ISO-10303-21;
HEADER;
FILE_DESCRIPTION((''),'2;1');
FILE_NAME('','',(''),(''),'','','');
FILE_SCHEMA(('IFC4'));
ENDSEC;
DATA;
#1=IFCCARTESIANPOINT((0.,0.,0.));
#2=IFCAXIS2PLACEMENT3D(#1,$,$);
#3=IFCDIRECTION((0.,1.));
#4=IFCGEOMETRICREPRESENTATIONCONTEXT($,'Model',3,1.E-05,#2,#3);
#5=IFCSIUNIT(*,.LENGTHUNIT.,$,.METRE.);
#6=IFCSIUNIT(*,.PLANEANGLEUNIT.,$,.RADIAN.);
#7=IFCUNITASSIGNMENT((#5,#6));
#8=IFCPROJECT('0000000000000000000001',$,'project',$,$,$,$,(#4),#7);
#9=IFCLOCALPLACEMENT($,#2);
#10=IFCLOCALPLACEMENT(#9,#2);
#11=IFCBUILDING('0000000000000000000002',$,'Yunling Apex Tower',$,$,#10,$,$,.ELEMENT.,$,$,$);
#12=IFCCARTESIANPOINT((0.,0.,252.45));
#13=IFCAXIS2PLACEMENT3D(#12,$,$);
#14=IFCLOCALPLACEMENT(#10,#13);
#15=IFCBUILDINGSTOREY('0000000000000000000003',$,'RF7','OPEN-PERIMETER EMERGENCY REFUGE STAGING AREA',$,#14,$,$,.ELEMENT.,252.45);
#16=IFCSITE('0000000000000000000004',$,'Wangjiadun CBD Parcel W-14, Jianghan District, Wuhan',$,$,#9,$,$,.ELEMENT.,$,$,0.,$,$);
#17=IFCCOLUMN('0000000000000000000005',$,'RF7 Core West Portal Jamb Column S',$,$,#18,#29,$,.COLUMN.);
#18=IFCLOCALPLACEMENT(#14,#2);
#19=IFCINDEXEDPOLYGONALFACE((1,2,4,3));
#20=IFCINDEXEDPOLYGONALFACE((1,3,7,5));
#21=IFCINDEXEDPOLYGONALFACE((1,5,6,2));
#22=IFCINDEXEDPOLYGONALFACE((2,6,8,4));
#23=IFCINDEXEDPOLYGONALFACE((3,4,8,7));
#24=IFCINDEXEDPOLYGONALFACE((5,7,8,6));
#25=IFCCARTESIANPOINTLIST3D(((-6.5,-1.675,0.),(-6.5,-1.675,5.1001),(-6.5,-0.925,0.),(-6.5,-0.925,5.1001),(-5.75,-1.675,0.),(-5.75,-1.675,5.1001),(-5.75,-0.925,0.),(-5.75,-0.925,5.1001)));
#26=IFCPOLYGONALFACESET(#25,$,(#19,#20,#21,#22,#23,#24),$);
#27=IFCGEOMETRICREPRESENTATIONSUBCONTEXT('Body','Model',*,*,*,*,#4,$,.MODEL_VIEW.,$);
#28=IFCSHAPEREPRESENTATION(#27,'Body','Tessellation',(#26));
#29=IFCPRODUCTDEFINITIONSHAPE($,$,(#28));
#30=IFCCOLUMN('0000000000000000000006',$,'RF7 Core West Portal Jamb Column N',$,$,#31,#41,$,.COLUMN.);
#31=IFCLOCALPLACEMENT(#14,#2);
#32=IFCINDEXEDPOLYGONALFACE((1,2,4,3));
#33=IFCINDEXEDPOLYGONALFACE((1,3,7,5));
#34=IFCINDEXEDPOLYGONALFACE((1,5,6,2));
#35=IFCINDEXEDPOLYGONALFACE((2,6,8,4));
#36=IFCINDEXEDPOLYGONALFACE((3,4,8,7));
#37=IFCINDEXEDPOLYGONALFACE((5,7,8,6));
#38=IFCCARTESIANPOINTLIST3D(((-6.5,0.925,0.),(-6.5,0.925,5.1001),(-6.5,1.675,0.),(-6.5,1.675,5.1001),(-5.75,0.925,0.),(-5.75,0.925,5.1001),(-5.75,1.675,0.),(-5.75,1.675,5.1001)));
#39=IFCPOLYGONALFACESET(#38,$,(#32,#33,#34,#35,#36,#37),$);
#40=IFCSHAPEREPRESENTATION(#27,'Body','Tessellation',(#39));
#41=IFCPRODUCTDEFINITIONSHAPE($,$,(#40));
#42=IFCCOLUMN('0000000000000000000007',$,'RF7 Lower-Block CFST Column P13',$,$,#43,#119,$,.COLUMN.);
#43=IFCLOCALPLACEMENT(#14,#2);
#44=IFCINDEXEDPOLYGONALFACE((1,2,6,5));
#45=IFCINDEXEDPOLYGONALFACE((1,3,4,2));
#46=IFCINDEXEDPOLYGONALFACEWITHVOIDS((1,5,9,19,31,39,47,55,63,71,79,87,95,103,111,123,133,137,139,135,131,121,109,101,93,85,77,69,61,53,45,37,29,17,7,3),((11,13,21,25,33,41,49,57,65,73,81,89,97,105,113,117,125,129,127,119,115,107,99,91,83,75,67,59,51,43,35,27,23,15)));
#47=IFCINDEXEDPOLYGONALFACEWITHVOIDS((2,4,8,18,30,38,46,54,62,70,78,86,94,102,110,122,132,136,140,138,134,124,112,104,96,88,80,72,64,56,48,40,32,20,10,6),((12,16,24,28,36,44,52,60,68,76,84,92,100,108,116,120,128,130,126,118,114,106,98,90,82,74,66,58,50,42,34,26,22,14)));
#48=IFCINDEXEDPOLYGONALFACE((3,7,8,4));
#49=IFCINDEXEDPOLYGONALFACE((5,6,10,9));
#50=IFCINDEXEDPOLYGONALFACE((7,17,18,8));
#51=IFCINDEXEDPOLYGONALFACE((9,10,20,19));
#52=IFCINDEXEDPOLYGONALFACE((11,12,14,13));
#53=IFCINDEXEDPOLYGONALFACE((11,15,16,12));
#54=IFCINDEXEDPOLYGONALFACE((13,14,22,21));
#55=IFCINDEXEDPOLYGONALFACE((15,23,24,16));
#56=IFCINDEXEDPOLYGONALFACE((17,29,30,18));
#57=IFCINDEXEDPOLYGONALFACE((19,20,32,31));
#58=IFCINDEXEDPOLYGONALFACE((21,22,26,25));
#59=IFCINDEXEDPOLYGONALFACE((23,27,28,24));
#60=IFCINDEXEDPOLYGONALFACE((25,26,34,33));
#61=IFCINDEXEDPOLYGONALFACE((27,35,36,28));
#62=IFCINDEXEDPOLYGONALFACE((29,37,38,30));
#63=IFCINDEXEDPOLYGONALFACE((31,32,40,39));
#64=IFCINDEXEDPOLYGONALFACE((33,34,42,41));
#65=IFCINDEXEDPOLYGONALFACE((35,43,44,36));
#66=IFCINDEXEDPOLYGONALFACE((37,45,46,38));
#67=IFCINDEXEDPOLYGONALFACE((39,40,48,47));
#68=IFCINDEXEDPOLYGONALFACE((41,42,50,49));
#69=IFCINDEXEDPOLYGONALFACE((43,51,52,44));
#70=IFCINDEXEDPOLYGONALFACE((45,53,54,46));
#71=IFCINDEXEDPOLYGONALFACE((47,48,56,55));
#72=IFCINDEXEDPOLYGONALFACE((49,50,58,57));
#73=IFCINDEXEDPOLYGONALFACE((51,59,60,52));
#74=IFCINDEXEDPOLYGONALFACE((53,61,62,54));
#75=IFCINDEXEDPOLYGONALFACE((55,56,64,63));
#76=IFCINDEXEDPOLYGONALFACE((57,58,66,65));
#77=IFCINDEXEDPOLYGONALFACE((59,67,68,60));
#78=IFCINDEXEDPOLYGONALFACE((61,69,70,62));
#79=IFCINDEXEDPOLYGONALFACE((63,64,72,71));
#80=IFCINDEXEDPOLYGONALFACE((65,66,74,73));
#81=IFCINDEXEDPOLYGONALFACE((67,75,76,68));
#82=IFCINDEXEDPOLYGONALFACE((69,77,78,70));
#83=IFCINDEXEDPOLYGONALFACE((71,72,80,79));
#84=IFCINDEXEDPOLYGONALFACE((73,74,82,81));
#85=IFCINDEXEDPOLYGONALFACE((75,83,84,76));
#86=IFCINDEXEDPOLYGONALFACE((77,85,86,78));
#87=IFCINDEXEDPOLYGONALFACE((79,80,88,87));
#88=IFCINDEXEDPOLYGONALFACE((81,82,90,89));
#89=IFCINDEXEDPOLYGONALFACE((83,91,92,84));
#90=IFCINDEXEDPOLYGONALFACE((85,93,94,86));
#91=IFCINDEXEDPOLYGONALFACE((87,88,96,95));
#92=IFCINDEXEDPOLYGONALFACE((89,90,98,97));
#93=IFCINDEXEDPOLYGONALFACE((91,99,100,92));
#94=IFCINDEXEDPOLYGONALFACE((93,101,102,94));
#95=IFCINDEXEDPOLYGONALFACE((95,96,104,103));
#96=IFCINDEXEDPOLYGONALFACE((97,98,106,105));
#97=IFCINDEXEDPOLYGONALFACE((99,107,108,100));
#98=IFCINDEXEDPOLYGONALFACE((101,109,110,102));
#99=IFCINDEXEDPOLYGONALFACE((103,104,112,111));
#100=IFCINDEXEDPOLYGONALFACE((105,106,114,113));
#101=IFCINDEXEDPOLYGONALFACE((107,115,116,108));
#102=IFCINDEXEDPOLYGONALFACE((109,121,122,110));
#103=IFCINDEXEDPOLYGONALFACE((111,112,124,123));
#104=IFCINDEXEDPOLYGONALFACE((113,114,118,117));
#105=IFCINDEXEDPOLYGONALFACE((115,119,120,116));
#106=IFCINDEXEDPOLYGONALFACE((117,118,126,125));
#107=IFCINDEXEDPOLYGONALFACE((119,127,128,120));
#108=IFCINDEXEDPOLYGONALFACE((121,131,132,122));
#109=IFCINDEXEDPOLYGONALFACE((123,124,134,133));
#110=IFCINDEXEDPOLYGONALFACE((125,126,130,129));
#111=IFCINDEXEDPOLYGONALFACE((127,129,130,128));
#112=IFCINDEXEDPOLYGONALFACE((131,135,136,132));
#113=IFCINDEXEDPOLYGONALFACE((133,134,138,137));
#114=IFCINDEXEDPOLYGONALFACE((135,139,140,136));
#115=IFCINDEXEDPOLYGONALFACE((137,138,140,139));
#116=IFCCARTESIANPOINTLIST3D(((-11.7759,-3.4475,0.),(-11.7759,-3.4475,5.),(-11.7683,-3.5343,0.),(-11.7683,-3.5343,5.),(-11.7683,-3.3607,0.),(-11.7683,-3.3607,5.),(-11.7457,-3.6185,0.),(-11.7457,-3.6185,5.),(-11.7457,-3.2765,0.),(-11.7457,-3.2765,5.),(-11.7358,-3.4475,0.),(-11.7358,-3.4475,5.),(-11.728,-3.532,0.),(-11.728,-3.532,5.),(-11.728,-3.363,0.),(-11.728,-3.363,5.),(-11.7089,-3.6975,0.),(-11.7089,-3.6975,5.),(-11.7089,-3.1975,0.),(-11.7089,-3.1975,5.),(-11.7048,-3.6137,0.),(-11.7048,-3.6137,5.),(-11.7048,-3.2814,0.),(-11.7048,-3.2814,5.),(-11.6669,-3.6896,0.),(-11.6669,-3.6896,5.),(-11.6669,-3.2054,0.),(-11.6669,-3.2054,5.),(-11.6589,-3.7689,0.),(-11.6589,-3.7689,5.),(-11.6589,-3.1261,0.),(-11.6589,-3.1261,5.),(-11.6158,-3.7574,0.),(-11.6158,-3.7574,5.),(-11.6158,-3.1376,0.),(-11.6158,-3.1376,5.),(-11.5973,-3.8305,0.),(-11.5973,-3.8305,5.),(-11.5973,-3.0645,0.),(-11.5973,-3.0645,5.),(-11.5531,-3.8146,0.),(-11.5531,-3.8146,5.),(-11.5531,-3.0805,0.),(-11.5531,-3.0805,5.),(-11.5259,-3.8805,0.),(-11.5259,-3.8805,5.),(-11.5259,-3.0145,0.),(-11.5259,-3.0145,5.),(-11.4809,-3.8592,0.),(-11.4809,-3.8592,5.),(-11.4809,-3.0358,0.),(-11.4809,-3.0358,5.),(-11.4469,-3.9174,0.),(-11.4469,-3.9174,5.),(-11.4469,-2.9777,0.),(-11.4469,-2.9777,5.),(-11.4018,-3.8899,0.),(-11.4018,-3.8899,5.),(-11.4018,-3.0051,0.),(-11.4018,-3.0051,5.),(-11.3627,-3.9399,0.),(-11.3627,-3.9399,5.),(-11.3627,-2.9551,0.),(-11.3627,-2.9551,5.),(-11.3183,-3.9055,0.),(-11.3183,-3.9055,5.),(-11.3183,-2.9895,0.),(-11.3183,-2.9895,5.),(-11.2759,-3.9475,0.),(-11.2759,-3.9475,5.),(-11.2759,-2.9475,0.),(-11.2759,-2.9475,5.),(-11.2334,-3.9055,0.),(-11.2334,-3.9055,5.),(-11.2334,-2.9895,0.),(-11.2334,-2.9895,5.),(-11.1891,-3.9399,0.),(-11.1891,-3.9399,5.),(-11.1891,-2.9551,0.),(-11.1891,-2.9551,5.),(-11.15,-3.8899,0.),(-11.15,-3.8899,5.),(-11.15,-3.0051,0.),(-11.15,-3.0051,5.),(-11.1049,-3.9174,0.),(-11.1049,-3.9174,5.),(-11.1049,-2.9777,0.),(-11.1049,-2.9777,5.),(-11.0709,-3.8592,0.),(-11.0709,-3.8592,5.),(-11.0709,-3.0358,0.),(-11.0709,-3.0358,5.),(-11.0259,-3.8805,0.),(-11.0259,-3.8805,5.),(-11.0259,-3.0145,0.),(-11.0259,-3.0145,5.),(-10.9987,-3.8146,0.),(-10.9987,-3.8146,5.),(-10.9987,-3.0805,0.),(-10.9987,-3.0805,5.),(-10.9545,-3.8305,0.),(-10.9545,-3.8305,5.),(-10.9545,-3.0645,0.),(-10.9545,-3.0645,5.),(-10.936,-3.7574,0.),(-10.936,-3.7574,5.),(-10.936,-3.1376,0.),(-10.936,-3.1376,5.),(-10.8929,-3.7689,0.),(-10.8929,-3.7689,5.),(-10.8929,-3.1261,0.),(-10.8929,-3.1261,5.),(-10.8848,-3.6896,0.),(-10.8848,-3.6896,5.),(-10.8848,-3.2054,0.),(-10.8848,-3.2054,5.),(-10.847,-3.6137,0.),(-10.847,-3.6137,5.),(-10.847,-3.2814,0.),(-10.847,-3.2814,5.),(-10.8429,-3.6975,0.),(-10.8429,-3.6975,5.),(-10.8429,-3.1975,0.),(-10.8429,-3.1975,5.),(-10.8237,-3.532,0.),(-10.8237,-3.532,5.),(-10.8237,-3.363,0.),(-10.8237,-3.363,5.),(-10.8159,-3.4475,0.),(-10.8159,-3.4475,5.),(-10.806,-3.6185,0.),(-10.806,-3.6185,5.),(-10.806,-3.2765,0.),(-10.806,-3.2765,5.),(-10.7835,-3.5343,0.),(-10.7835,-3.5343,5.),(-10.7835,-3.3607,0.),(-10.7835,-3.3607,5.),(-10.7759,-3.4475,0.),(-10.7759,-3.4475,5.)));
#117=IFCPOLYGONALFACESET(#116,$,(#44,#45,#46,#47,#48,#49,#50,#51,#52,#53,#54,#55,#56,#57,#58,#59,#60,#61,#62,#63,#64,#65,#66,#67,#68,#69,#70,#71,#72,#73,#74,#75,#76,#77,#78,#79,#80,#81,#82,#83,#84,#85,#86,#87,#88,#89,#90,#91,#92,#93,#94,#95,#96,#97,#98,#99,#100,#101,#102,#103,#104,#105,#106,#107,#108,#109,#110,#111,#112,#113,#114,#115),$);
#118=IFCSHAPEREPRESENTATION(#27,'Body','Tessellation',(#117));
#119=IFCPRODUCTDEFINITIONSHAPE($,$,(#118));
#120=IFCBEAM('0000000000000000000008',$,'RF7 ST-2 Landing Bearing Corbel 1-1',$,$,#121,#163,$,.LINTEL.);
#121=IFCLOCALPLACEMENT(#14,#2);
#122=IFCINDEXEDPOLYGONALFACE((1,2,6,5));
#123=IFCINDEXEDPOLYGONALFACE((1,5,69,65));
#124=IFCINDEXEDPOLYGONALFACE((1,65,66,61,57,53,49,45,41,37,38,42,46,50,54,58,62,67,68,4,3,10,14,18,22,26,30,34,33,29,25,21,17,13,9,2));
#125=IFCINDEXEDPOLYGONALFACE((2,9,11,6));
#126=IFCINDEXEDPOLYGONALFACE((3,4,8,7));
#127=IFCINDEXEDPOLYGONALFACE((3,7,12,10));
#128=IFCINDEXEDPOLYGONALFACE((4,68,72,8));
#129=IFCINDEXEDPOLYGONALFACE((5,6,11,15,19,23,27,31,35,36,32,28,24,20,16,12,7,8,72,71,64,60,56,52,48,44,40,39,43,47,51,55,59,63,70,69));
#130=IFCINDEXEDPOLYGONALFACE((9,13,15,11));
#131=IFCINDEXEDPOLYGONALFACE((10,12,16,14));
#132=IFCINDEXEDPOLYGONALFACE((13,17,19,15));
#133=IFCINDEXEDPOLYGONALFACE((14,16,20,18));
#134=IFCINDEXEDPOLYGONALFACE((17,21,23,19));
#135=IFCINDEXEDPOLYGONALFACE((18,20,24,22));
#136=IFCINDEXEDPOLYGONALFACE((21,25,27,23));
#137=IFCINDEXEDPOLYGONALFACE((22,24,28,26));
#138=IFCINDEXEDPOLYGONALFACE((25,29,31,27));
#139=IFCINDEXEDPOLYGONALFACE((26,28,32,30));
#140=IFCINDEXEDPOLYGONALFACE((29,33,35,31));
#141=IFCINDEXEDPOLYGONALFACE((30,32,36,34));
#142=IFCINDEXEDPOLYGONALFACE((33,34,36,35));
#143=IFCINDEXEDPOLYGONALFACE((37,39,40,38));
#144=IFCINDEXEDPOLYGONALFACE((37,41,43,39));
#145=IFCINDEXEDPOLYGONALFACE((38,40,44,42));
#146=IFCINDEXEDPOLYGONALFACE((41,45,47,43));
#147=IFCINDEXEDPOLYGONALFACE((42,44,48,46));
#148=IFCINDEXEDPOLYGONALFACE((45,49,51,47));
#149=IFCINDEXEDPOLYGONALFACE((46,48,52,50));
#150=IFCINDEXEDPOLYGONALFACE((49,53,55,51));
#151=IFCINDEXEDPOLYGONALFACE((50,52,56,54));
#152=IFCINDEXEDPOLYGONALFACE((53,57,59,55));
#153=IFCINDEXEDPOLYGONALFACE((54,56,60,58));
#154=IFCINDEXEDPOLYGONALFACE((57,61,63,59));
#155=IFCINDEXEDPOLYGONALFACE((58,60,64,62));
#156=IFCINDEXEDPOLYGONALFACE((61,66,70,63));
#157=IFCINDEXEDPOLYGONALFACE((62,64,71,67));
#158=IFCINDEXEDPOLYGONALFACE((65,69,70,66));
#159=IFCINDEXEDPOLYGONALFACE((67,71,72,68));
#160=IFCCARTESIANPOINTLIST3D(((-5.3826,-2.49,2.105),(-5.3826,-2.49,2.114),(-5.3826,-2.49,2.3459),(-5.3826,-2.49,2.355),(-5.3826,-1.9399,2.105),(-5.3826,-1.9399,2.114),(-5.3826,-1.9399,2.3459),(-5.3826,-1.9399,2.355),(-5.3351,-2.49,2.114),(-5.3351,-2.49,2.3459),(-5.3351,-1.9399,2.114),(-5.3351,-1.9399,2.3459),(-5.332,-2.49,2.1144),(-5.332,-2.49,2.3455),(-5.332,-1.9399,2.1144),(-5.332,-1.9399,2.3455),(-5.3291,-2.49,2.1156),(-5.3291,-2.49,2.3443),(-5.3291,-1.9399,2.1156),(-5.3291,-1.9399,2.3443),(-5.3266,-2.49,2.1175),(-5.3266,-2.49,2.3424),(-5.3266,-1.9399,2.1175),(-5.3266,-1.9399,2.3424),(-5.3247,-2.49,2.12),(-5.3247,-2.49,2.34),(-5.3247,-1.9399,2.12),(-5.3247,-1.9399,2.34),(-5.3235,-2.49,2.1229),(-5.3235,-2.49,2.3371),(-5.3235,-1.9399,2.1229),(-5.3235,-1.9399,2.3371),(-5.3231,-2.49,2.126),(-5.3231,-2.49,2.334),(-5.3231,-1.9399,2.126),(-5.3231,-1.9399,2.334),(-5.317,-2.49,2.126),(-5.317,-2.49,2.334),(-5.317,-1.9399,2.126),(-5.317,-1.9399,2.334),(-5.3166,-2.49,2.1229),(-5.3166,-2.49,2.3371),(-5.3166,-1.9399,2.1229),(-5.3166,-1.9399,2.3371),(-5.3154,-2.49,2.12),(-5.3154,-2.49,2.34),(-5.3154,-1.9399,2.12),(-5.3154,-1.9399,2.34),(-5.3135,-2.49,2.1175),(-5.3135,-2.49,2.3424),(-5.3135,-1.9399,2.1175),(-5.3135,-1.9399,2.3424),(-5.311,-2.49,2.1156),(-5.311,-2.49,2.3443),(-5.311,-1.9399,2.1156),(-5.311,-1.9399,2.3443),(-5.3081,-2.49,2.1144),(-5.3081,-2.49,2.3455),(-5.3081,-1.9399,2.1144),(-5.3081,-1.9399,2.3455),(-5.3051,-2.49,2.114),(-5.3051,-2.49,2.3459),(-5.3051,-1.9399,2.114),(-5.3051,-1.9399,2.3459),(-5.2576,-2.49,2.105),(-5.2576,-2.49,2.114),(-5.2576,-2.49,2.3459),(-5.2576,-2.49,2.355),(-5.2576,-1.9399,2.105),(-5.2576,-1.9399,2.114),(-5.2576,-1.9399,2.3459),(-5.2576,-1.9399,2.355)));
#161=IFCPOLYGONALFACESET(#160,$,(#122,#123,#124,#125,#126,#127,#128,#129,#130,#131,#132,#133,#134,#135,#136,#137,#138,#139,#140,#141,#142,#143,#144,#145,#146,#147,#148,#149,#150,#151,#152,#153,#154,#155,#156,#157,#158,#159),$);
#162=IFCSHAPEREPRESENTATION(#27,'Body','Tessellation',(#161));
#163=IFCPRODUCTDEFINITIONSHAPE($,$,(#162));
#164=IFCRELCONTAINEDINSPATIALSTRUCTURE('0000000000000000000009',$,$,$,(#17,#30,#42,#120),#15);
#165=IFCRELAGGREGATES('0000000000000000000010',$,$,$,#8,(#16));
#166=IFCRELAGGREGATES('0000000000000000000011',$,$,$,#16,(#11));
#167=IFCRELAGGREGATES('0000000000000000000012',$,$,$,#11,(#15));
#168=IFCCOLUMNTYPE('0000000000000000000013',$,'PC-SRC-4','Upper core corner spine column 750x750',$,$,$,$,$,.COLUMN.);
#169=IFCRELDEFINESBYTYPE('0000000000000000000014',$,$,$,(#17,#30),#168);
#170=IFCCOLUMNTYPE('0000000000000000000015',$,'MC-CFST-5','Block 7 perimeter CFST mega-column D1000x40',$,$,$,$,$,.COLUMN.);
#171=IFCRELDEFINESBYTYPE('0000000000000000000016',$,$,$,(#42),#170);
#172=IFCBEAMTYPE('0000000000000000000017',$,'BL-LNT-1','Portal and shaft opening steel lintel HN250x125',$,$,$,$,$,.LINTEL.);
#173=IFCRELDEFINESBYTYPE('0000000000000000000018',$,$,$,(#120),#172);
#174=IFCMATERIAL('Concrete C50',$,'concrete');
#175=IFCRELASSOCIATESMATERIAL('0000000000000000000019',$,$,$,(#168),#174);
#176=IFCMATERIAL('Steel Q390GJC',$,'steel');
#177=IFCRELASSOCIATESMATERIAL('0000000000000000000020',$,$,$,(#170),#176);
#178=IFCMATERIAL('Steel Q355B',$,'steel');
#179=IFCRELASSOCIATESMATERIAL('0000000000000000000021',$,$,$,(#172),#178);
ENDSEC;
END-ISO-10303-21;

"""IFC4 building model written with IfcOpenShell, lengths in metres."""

from ifc_helpers import new_model, si_unit, direction, frame, origin, origin_2d, place, context, subcontext, project, spatial, rectangle, hollow_circle, i_section, extrude, source, transform, mapped, material, material_profile, profile_set, type_object, element, save


model = new_model("IFC4")

# Units and contexts
model_context = context("Model", 3, precision=1e-05, world=origin(), true_north=direction((0.0, 1.0)))
body_context = subcontext(model_context, "Body", "Model", "MODEL_VIEW")
ifc_project = project(units=[si_unit("LENGTHUNIT", "METRE"), si_unit("PLANEANGLEUNIT", "RADIAN")], contexts=[model_context])

# Site, building, storey
site_placement = place(None, origin())
site = spatial("IfcSite", under=ifc_project, at=site_placement, Name="Wangjiadun CBD Parcel W-14, Jianghan District, Wuhan", CompositionType="ELEMENT", RefElevation=0.0)
building_placement = place(site_placement, origin())
building = spatial("IfcBuilding", under=site, at=building_placement, Name="Yunling Apex Tower", CompositionType="ELEMENT")
storey_placement = place(building_placement, frame((0.0, 0.0, 252.45)))
storey = spatial("IfcBuildingStorey", under=building, at=storey_placement, Name="RF7", Description="OPEN-PERIMETER EMERGENCY REFUGE STAGING AREA", CompositionType="ELEMENT", Elevation=252.45)

# Columns
ifc_material_1 = material(Name="Concrete C50", Category="concrete")
ifc_material_profile_1 = material_profile(ifc_material_1, rectangle(XDim=0.75, YDim=0.75, at=origin_2d()))
ifc_profile_set_1 = profile_set([ifc_material_profile_1], Name="Concrete C50")
column_type_1 = type_object("IfcColumnType", Name="PC-SRC-4", Description="Upper core corner spine column 750x750", PredefinedType="COLUMN", material=ifc_profile_set_1)
shared_shape_1 = source(origin(), body_context, "Body", "SweptSolid", [
    extrude(rectangle(XDim=0.75, YDim=0.75, at=origin_2d()), origin(), (0.0, 0.0, 1.0), 5.1001),
])
for number, where, z_axis, x_axis, name in (
    (1, (-6.125, -1.3, 0.0), (0.0, 0.0, 1.0), (1.0, 0.0, 0.0), "RF7 Core West Portal Jamb Column S"),
    (2, (-6.125, 1.3, 0.0), (0.0, 0.0, 1.0), (1.0, 0.0, 0.0), "RF7 Core West Portal Jamb Column N"),
):
    element("IfcColumn", number, at=place(storey_placement, frame(where, z_axis=z_axis, x_axis=x_axis)), inside=storey, type_object=column_type_1, Name=name, PredefinedType="COLUMN", context=body_context, shape_type="MappedRepresentation", body=[
        mapped(shared_shape_1, transform((0.0, 0.0, 0.0), scale=1.0)),
    ])
ifc_material_2 = material(Name="Steel Q390GJC", Category="steel")
ifc_material_profile_2 = material_profile(ifc_material_2, hollow_circle(Radius=0.5, WallThickness=0.04, at=origin_2d()))
ifc_profile_set_2 = profile_set([ifc_material_profile_2], Name="Steel Q390GJC")
column_type_2 = type_object("IfcColumnType", Name="MC-CFST-5", Description="Block 7 perimeter CFST mega-column D1000x40", PredefinedType="COLUMN", material=ifc_profile_set_2)
shared_shape_2 = source(origin(), body_context, "Body", "SweptSolid", [
    extrude(hollow_circle(Radius=0.5, WallThickness=0.04, at=origin_2d()), origin(), (0.0, 0.0, 1.0), 5.0),
])
column_placement = place(storey_placement, frame((-11.2759, -3.4475, 0.0), z_axis=(0.0, 0.0, 1.0), x_axis=(1.0, 0.0, 0.0)))
element("IfcColumn", 3, at=column_placement, inside=storey, type_object=column_type_2, Name="RF7 Lower-Block CFST Column P13", PredefinedType="COLUMN", context=body_context, shape_type="MappedRepresentation", body=[
    mapped(shared_shape_2, transform((0.0, 0.0, 0.0), scale=1.0)),
])

# Beam
ifc_material_3 = material(Name="Steel Q355B", Category="steel")
ifc_material_profile_3 = material_profile(ifc_material_3, i_section(OverallWidth=0.125, OverallDepth=0.25, WebThickness=0.0061, FlangeThickness=0.009, FilletRadius=0.012, at=origin_2d()))
ifc_profile_set_3 = profile_set([ifc_material_profile_3], Name="Steel Q355B")
beam_type_1 = type_object("IfcBeamType", Name="BL-LNT-1", Description="Portal and shaft opening steel lintel HN250x125", PredefinedType="LINTEL", material=ifc_profile_set_3)
shared_shape_3 = source(origin(), body_context, "Body", "SweptSolid", [
    extrude(i_section(OverallWidth=0.125, OverallDepth=0.25, WebThickness=0.0061, FlangeThickness=0.009, FilletRadius=0.012, at=origin_2d()), origin(), (0.0, 0.0, 1.0), 0.55),
])
for number, where, z_axis, x_axis, name in (
    (4, (-5.3201, -1.9399, 2.23), (0.0, -1.0, 0.0), (1.0, 0.0, 0.0), "RF7 ST-2 Landing Bearing Corbel 1-1"),
):
    element("IfcBeam", number, at=place(storey_placement, frame(where, z_axis=z_axis, x_axis=x_axis)), inside=storey, type_object=beam_type_1, Name=name, PredefinedType="LINTEL", context=body_context, shape_type="MappedRepresentation", body=[
        mapped(shared_shape_3, transform((0.0, 0.0, 0.0), scale=1.0)),
    ])

save(model, "model.ifc")
